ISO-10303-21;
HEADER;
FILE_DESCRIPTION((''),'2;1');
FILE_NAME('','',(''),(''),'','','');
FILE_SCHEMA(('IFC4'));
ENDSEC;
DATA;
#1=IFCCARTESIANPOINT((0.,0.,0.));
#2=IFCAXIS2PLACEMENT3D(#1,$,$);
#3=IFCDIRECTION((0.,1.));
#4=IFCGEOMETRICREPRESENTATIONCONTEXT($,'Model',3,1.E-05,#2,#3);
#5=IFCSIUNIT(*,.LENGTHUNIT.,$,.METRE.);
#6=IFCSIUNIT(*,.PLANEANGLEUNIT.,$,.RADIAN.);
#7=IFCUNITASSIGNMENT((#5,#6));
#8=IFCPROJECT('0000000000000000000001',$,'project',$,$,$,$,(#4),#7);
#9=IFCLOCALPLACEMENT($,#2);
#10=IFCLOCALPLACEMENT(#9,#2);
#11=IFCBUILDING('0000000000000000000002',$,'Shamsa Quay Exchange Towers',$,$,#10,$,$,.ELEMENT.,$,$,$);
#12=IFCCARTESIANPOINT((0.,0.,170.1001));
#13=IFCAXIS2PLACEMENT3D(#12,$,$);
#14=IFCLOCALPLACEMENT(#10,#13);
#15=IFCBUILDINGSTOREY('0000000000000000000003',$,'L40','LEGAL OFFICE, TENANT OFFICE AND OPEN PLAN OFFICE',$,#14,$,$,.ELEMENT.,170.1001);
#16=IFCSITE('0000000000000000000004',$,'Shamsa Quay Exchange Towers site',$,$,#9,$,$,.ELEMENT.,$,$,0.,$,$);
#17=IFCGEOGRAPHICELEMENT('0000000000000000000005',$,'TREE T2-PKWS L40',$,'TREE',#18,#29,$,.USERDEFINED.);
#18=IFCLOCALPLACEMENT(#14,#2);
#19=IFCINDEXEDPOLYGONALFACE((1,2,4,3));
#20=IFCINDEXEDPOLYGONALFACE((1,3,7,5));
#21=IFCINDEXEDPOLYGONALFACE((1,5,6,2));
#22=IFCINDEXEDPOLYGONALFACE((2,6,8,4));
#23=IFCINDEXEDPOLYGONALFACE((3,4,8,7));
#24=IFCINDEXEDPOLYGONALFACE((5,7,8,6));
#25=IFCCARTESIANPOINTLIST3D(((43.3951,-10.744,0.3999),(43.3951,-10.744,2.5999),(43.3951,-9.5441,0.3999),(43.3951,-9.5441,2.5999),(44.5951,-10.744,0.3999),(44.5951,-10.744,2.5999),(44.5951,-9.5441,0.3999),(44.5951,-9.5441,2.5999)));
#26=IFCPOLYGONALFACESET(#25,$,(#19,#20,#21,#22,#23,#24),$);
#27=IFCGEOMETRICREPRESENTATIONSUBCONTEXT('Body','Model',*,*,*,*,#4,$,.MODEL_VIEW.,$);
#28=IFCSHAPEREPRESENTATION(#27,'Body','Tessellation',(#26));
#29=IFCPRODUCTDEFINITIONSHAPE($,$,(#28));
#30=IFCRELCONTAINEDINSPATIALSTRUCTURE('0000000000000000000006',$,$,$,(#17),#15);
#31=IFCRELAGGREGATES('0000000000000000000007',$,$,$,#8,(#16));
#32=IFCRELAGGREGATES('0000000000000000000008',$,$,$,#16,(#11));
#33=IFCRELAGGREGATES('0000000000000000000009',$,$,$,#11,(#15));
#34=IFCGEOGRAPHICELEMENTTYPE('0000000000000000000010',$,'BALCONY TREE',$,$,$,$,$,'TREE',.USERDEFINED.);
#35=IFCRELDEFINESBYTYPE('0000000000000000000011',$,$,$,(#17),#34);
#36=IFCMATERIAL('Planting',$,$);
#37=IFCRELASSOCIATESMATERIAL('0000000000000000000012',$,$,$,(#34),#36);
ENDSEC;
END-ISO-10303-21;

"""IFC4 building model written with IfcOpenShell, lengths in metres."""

from ifc_helpers import new_model, si_unit, direction, frame, origin, origin_2d, place, context, subcontext, project, spatial, rectangle, extrude, material, type_object, element, save


model = new_model("IFC4")

# Units and contexts
model_context = context("Model", 3, precision=1e-05, world=origin(), true_north=direction((0.0, 1.0)))
body_context = subcontext(model_context, "Body", "Model", "MODEL_VIEW")
ifc_project = project(units=[si_unit("LENGTHUNIT", "METRE"), si_unit("PLANEANGLEUNIT", "RADIAN")], contexts=[model_context])

# Site, building, storey
site_placement = place(None, origin())
site = spatial("IfcSite", under=ifc_project, at=site_placement, Name="Shamsa Quay Exchange Towers site", CompositionType="ELEMENT", RefElevation=0.0)
building_placement = place(site_placement, origin())
building = spatial("IfcBuilding", under=site, at=building_placement, Name="Shamsa Quay Exchange Towers", CompositionType="ELEMENT")
storey_placement = place(building_placement, frame((0.0, 0.0, 170.1001)))
storey = spatial("IfcBuildingStorey", under=building, at=storey_placement, Name="L40", Description="LEGAL OFFICE, TENANT OFFICE AND OPEN PLAN OFFICE", CompositionType="ELEMENT", Elevation=170.1001)

# Geographic element
ifc_material_1 = material(Name="Planting")
geographic_element_type = type_object("IfcGeographicElementType", Name="BALCONY TREE", ElementType="TREE", PredefinedType="USERDEFINED", material=ifc_material_1)
geographic_element_placement = place(storey_placement, frame((43.9951, -10.144, 0.3999), z_axis=(0.0, 0.0, 1.0), x_axis=(0.0, 1.0, 0.0)))
element("IfcGeographicElement", 1, at=geographic_element_placement, inside=storey, type_object=geographic_element_type, Name="TREE T2-PKWS L40", ObjectType="TREE", PredefinedType="USERDEFINED", context=body_context, shape_type="SweptSolid", body=[
    extrude(rectangle(XDim=1.2, YDim=1.2, at=origin_2d()), origin(), (0.0, 0.0, 1.0), 2.2),
])

save(model, "model.ifc")
